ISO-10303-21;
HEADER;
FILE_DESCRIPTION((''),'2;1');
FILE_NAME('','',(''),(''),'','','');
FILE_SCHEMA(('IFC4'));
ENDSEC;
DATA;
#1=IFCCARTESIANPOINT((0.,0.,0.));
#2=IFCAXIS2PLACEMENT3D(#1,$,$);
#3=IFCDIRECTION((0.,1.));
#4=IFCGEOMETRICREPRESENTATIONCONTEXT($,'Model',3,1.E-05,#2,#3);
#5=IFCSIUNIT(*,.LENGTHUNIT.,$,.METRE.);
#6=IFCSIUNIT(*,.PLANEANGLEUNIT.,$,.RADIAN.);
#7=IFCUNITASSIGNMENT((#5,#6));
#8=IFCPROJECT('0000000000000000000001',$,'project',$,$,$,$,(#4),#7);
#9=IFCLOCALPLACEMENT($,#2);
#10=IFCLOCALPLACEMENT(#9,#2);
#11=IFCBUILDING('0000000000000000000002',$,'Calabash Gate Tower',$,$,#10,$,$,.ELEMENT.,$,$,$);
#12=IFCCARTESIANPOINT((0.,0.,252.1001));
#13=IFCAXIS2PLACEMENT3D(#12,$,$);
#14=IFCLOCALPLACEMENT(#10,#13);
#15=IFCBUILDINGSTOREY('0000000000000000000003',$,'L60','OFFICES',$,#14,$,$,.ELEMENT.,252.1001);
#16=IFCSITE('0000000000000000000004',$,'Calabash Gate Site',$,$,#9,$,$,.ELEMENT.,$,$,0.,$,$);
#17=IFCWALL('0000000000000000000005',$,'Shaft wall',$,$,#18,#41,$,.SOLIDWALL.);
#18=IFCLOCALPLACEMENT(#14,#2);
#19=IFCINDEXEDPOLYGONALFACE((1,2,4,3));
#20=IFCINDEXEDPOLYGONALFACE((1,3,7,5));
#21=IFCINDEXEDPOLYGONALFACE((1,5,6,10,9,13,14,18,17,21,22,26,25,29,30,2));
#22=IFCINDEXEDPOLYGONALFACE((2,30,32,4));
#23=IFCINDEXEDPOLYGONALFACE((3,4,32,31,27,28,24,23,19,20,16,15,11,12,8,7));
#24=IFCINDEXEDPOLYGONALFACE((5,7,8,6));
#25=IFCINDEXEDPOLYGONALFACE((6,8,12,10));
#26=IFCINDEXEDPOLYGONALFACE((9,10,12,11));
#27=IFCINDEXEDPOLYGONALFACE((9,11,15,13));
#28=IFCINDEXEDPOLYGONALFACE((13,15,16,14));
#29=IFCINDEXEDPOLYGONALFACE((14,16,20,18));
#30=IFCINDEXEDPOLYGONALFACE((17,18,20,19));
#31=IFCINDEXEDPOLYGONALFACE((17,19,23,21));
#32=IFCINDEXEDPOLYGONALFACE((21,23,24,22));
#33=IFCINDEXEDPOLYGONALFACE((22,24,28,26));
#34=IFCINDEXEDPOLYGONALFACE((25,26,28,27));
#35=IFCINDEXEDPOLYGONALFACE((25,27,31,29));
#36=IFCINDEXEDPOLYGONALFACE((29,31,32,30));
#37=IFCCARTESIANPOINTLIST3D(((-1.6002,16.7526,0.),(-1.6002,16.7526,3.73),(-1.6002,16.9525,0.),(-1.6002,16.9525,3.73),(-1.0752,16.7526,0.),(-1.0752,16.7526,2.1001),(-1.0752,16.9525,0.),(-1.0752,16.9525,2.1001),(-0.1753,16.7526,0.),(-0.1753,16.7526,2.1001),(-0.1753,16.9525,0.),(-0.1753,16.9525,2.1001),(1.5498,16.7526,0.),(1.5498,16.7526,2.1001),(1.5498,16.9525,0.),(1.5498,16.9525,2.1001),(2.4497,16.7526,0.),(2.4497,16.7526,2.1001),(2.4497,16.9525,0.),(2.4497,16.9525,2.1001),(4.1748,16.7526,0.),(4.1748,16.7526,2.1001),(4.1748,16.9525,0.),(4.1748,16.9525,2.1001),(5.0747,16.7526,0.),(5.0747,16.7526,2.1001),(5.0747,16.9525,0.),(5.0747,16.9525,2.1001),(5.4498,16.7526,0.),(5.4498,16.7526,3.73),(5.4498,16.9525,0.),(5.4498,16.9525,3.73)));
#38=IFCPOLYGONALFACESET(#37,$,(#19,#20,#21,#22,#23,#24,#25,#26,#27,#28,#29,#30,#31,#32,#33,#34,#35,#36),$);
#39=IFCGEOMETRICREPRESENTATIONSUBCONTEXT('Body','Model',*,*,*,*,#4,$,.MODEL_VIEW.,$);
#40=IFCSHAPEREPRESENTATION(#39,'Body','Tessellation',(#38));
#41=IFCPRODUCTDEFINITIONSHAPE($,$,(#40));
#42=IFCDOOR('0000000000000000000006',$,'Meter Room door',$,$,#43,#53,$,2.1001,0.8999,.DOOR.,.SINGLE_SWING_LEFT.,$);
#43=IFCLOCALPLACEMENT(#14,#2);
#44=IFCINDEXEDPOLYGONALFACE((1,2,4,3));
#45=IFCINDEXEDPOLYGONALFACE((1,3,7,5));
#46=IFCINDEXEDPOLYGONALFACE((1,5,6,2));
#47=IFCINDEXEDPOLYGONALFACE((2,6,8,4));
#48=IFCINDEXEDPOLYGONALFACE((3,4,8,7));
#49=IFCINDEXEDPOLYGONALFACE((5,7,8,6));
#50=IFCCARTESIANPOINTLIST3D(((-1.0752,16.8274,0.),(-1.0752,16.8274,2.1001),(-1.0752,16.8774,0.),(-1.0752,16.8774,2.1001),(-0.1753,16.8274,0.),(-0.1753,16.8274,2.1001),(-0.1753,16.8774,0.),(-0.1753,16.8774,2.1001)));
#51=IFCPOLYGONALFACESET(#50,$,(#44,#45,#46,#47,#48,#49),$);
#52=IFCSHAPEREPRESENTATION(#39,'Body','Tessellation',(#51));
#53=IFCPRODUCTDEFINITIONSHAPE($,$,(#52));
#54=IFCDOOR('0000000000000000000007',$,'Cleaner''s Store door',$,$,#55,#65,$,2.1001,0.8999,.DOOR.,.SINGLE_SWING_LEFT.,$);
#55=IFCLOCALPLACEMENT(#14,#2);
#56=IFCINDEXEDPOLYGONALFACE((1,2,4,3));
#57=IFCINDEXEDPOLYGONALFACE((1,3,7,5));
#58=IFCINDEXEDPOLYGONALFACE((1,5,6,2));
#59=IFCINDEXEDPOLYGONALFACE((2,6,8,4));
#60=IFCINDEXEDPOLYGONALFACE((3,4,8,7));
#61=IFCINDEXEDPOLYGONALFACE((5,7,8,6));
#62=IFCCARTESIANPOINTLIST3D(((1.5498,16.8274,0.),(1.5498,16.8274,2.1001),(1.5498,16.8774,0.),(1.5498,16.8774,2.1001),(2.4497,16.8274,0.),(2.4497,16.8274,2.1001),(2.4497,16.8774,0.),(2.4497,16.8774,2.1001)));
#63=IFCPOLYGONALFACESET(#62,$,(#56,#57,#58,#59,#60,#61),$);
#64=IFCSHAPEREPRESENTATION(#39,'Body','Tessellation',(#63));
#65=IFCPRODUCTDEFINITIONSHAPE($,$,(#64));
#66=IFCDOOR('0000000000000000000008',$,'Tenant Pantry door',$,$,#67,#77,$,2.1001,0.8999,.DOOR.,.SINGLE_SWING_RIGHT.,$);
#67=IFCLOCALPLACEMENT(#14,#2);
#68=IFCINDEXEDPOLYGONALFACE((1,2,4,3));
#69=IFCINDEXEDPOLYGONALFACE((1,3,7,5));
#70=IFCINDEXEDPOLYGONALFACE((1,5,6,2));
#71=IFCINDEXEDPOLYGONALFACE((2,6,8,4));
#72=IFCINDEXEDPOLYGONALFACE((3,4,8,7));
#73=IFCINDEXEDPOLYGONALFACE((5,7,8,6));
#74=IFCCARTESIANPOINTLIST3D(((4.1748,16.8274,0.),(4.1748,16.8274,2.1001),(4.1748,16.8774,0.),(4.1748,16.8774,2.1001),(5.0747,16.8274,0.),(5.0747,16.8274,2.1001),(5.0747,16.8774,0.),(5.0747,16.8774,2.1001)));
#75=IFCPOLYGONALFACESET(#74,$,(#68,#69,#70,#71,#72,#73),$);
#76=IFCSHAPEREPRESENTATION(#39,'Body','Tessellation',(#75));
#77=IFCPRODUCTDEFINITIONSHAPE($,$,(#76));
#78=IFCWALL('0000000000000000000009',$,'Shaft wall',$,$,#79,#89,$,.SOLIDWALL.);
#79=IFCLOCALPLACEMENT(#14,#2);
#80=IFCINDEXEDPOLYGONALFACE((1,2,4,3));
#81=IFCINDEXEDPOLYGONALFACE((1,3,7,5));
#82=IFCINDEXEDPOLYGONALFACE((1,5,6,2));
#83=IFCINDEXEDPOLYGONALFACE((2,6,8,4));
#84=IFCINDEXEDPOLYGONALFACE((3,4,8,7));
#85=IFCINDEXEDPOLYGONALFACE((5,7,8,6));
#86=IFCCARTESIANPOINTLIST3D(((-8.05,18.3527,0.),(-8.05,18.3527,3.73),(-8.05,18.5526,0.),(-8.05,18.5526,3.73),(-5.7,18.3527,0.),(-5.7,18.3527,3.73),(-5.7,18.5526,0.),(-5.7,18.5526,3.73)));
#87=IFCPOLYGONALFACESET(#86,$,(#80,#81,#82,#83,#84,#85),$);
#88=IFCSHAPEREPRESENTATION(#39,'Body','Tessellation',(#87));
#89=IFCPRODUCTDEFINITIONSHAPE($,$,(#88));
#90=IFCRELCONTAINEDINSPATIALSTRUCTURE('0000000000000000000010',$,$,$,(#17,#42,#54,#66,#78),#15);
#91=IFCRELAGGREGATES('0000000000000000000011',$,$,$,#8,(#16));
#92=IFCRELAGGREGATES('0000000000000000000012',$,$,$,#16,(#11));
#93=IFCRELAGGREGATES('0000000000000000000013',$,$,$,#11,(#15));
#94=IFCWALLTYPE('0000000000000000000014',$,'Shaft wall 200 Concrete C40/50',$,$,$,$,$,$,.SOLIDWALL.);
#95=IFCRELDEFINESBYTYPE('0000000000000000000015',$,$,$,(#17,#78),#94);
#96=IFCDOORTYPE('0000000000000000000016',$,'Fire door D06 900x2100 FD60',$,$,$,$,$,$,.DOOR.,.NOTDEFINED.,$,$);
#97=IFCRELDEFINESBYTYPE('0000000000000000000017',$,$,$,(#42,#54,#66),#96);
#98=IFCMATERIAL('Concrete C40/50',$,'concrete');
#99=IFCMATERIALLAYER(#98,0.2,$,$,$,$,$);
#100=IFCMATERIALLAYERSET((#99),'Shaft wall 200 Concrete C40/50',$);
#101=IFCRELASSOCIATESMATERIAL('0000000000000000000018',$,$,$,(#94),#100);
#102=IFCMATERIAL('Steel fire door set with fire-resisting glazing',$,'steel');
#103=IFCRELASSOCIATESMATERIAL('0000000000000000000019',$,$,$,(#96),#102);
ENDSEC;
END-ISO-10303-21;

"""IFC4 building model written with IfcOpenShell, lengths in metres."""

from ifc_helpers import new_model, si_unit, direction, frame, frame_2d, origin, place, context, subcontext, project, spatial, rectangle, extrude, material, layer, layer_set, type_object, element, fill, save


model = new_model("IFC4")

# Units and contexts
model_context = context("Model", 3, precision=1e-05, world=origin(), true_north=direction((0.0, 1.0)))
body_context = subcontext(model_context, "Body", "Model", "MODEL_VIEW")
ifc_project = project(units=[si_unit("LENGTHUNIT", "METRE"), si_unit("PLANEANGLEUNIT", "RADIAN")], contexts=[model_context])

# Site, building, storey
site_placement = place(None, origin())
site = spatial("IfcSite", under=ifc_project, at=site_placement, Name="Calabash Gate Site", CompositionType="ELEMENT", RefElevation=0.0)
building_placement = place(site_placement, origin())
building = spatial("IfcBuilding", under=site, at=building_placement, Name="Calabash Gate Tower", CompositionType="ELEMENT")
storey_placement = place(building_placement, frame((0.0, 0.0, 252.1001)))
storey = spatial("IfcBuildingStorey", under=building, at=storey_placement, Name="L60", Description="OFFICES", CompositionType="ELEMENT", Elevation=252.1001)

# Shared definitions
ifc_material_1 = material(Name="Concrete C40/50", Category="concrete")
ifc_layer_1 = layer(ifc_material_1, 0.2)
ifc_layer_set_1 = layer_set([ifc_layer_1], Name="Shaft wall 200 Concrete C40/50")
wall_type_1 = type_object("IfcWallType", Name="Shaft wall 200 Concrete C40/50", PredefinedType="SOLIDWALL", material=ifc_layer_set_1)
ifc_material_2 = material(Name="Steel fire door set with fire-resisting glazing", Category="steel")
door_type_1 = type_object("IfcDoorType", Name="Fire door D06 900x2100 FD60", OperationType="NOTDEFINED", PredefinedType="DOOR", material=ifc_material_2)

# Wall, openings, doors
wall_1_placement = place(storey_placement, frame((-1.6001, 16.8525, 0.0), z_axis=(0.0, 0.0, 1.0), x_axis=(1.0, 0.0, 0.0)))
wall_1 = element("IfcWall", 1, at=wall_1_placement, inside=storey, type_object=wall_type_1, Name="Shaft wall", PredefinedType="SOLIDWALL", context=body_context, shape_type="SweptSolid", body=[
    extrude(rectangle(XDim=7.05, YDim=0.2, at=frame_2d((3.5249, 0.0))), origin(), (0.0, 0.0, 1.0), 3.73),
])
opening_1_placement = place(wall_1_placement, frame((0.5249, 0.0, 0.0)))
opening_1 = element("IfcOpeningElement", 2, at=opening_1_placement, cuts=wall_1, PredefinedType="OPENING", context=body_context, shape_type="SweptSolid", body=[
    extrude(rectangle(XDim=0.8999, YDim=2.1001, at=frame_2d((0.45, 1.05))), frame((0.0, 0.1099, 0.0), z_axis=(0.0, -1.0, 0.0), x_axis=(1.0, 0.0, 0.0)), (0.0, 0.0, 1.0), 0.22),
])
opening_2_placement = place(wall_1_placement, frame((3.1499, 0.0, 0.0)))
opening_2 = element("IfcOpeningElement", 3, at=opening_2_placement, cuts=wall_1, PredefinedType="OPENING", context=body_context, shape_type="SweptSolid", body=[
    extrude(rectangle(XDim=0.8999, YDim=2.1001, at=frame_2d((0.45, 1.05))), frame((0.0, 0.1099, 0.0), z_axis=(0.0, -1.0, 0.0), x_axis=(1.0, 0.0, 0.0)), (0.0, 0.0, 1.0), 0.22),
])
opening_3_placement = place(wall_1_placement, frame((5.7749, 0.0, 0.0)))
opening_3 = element("IfcOpeningElement", 4, at=opening_3_placement, cuts=wall_1, PredefinedType="OPENING", context=body_context, shape_type="SweptSolid", body=[
    extrude(rectangle(XDim=0.8999, YDim=2.1001, at=frame_2d((0.45, 1.05))), frame((0.0, 0.1099, 0.0), z_axis=(0.0, -1.0, 0.0), x_axis=(1.0, 0.0, 0.0)), (0.0, 0.0, 1.0), 0.22),
])
door_1_placement = place(opening_1_placement, origin())
door_1 = element("IfcDoor", 5, at=door_1_placement, inside=storey, type_object=door_type_1, Name="Meter Room door", OperationType="SINGLE_SWING_LEFT", OverallHeight=2.1001, OverallWidth=0.8999, PredefinedType="DOOR", context=body_context, shape_type="SweptSolid", body=[
    extrude(rectangle(XDim=0.8999, YDim=2.1001, at=frame_2d((0.45, 1.05))), frame((0.0, 0.0249, 0.0), z_axis=(0.0, -1.0, 0.0), x_axis=(1.0, 0.0, 0.0)), (0.0, 0.0, 1.0), 0.05),
])
fill(opening_1, door_1)
door_2_placement = place(opening_2_placement, origin())
door_2 = element("IfcDoor", 6, at=door_2_placement, inside=storey, type_object=door_type_1, Name="Cleaner's Store door", OperationType="SINGLE_SWING_LEFT", OverallHeight=2.1001, OverallWidth=0.8999, PredefinedType="DOOR", context=body_context, shape_type="SweptSolid", body=[
    extrude(rectangle(XDim=0.8999, YDim=2.1001, at=frame_2d((0.45, 1.05))), frame((0.0, 0.0249, 0.0), z_axis=(0.0, -1.0, 0.0), x_axis=(1.0, 0.0, 0.0)), (0.0, 0.0, 1.0), 0.05),
])
fill(opening_2, door_2)
door_3_placement = place(opening_3_placement, origin())
door_3 = element("IfcDoor", 7, at=door_3_placement, inside=storey, type_object=door_type_1, Name="Tenant Pantry door", OperationType="SINGLE_SWING_RIGHT", OverallHeight=2.1001, OverallWidth=0.8999, PredefinedType="DOOR", context=body_context, shape_type="SweptSolid", body=[
    extrude(rectangle(XDim=0.8999, YDim=2.1001, at=frame_2d((0.45, 1.05))), frame((0.0, 0.0249, 0.0), z_axis=(0.0, -1.0, 0.0), x_axis=(1.0, 0.0, 0.0)), (0.0, 0.0, 1.0), 0.05),
])
fill(opening_3, door_3)

# Wall
wall_2_placement = place(storey_placement, frame((-8.05, 18.4526, 0.0), z_axis=(0.0, 0.0, 1.0), x_axis=(1.0, 0.0, 0.0)))
element("IfcWall", 8, at=wall_2_placement, inside=storey, type_object=wall_type_1, Name="Shaft wall", PredefinedType="SOLIDWALL", context=body_context, shape_type="SweptSolid", body=[
    extrude(rectangle(XDim=2.3501, YDim=0.2, at=frame_2d((1.175, 0.0))), origin(), (0.0, 0.0, 1.0), 3.73),
])

save(model, "model.ifc")
